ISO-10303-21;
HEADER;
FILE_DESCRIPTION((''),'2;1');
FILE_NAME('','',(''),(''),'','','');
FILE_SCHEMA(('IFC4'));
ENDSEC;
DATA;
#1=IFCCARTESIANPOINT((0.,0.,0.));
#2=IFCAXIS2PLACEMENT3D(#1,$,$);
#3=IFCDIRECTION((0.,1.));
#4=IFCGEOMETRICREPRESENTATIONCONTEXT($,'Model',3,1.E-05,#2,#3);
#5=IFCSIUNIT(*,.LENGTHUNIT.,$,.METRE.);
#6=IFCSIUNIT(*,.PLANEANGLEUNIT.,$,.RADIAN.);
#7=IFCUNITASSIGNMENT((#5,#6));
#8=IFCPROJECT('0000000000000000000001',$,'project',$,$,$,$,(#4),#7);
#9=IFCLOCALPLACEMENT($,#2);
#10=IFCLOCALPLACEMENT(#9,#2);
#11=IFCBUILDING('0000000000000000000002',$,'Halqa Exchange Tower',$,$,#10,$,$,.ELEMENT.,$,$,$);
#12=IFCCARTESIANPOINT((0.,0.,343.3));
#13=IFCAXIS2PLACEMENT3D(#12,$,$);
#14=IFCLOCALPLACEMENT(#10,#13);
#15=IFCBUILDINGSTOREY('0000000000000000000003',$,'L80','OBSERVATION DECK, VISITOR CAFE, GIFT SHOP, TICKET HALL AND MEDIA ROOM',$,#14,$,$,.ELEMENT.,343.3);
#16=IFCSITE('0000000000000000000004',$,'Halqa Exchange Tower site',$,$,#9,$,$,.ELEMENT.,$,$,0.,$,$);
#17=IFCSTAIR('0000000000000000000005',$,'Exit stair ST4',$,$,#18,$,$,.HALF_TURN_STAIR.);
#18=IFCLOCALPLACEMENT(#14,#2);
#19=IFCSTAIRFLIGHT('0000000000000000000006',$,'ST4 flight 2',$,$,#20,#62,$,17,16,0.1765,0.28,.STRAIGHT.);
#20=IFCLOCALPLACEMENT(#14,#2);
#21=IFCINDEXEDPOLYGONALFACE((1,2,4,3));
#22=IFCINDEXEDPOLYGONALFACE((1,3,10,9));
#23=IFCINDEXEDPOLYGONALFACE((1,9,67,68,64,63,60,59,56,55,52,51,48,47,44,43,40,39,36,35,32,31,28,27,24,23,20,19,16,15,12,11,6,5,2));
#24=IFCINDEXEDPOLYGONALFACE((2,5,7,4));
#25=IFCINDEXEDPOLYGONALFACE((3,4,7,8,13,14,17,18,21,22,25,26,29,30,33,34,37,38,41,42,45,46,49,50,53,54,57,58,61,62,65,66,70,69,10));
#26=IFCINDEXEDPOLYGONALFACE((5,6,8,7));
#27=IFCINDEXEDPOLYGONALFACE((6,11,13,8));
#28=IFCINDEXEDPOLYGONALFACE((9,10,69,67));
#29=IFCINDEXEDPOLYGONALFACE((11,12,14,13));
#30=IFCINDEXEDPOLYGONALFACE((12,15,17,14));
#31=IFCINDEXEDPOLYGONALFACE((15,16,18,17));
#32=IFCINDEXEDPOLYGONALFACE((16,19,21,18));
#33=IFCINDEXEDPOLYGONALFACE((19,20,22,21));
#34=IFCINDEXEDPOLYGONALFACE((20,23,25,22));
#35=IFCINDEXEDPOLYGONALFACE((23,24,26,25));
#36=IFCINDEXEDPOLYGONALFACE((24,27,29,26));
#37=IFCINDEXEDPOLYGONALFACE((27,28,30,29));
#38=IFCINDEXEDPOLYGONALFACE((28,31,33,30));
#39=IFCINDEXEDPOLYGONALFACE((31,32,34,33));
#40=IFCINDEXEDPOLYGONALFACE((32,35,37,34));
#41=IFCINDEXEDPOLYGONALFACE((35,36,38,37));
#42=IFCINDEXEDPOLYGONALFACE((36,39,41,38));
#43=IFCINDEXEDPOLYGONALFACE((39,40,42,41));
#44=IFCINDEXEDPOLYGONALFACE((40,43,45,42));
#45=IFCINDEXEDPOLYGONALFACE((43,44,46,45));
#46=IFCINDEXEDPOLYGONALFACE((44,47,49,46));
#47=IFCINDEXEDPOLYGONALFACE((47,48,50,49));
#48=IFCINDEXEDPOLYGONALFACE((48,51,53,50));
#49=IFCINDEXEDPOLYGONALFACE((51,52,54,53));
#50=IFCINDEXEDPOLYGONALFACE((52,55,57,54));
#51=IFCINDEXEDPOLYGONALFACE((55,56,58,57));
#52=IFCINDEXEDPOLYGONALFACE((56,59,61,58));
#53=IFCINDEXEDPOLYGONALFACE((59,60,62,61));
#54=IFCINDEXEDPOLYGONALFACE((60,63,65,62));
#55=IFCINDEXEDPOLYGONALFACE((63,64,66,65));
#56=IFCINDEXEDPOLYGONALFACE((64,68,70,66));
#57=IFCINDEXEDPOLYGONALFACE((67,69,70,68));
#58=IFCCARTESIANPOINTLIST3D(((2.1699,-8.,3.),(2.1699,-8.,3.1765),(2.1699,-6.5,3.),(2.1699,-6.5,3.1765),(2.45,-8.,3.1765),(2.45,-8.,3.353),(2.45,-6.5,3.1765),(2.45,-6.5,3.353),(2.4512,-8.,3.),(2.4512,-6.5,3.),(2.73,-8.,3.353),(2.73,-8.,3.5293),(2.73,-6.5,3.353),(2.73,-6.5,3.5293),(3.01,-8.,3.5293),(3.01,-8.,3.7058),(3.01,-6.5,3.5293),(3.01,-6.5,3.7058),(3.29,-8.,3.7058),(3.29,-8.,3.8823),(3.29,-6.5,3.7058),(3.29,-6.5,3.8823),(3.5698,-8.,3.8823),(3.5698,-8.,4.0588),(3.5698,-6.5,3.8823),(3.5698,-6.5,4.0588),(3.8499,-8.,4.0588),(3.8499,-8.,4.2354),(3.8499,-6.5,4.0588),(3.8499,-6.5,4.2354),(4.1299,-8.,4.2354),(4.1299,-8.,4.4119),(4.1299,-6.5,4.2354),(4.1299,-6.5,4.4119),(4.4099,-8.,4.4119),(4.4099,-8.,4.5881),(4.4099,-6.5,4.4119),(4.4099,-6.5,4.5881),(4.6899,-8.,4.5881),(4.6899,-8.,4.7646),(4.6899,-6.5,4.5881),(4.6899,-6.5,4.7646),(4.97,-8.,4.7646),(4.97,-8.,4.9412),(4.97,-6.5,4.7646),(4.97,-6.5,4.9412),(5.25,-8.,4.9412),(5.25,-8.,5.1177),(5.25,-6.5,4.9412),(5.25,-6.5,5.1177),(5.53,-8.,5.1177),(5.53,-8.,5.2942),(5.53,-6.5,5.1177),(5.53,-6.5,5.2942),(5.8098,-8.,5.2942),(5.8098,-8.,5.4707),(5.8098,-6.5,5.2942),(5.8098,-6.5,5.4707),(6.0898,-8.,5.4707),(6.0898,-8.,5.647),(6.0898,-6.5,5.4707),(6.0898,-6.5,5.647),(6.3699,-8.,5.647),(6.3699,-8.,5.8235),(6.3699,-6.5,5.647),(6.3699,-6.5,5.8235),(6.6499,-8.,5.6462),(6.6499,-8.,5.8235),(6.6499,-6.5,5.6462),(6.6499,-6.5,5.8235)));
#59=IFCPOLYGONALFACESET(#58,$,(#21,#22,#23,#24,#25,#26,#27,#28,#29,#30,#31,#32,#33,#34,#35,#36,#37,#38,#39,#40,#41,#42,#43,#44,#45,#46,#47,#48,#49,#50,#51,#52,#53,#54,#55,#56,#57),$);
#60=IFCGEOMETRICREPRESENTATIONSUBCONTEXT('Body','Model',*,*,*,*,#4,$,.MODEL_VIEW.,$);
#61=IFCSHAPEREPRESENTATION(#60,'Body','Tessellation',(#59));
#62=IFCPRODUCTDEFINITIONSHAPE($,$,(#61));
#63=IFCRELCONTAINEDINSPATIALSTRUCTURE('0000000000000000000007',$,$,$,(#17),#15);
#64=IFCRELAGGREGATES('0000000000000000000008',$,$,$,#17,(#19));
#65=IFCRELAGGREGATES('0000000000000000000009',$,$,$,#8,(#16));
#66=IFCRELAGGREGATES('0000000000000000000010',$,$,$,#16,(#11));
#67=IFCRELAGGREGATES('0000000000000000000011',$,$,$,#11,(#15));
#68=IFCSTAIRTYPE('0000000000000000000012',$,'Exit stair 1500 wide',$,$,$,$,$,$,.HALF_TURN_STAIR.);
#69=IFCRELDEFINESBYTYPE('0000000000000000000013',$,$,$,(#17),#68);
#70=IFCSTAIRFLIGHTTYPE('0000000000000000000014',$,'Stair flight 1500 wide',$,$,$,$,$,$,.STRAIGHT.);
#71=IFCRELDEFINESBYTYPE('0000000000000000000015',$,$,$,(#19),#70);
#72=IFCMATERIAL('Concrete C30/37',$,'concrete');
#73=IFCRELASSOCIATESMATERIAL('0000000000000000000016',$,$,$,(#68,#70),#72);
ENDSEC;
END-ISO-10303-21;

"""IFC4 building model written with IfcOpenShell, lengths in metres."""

from ifc_helpers import new_model, si_unit, direction, frame, origin, place, context, subcontext, project, spatial, polyline, outline, extrude, material, type_object, element, aggregate, save


model = new_model("IFC4")

# Units and contexts
model_context = context("Model", 3, precision=1e-05, world=origin(), true_north=direction((0.0, 1.0)))
body_context = subcontext(model_context, "Body", "Model", "MODEL_VIEW")
ifc_project = project(units=[si_unit("LENGTHUNIT", "METRE"), si_unit("PLANEANGLEUNIT", "RADIAN")], contexts=[model_context])

# Site, building, storey
site_placement = place(None, origin())
site = spatial("IfcSite", under=ifc_project, at=site_placement, Name="Halqa Exchange Tower site", CompositionType="ELEMENT", RefElevation=0.0)
building_placement = place(site_placement, origin())
building = spatial("IfcBuilding", under=site, at=building_placement, Name="Halqa Exchange Tower", CompositionType="ELEMENT")
storey_placement = place(building_placement, frame((0.0, 0.0, 343.3)))
storey = spatial("IfcBuildingStorey", under=building, at=storey_placement, Name="L80", Description="OBSERVATION DECK, VISITOR CAFE, GIFT SHOP, TICKET HALL AND MEDIA ROOM", CompositionType="ELEMENT", Elevation=343.3)

# Shared definitions
ifc_material_1 = material(Name="Concrete C30/37", Category="concrete")

# Stair, stair flight
stair_type = type_object("IfcStairType", Name="Exit stair 1500 wide", PredefinedType="HALF_TURN_STAIR", material=ifc_material_1)
stair_placement = place(storey_placement, origin())
stair = element("IfcStair", 1, at=stair_placement, inside=storey, type_object=stair_type, Name="Exit stair ST4", PredefinedType="HALF_TURN_STAIR")
stair_flight_type = type_object("IfcStairFlightType", Name="Stair flight 1500 wide", PredefinedType="STRAIGHT", material=ifc_material_1)
stair_flight_1_placement = place(storey_placement, frame((2.1699, -7.25, 3.0), z_axis=(0.0, 0.0, 1.0), x_axis=(1.0, 0.0, 0.0)))
stair_flight_1 = element("IfcStairFlight", 2, at=stair_flight_1_placement, type_object=stair_flight_type, Name="ST4 flight 2", NumberOfRisers=17, NumberOfTreads=16, PredefinedType="STRAIGHT", RiserHeight=0.1765, TreadLength=0.28, context=body_context, shape_type="SweptSolid", body=[
    extrude(outline(polyline([(0.0, 0.0), (0.0, 0.1765), (0.28, 0.1765), (0.28, 0.353), (0.5601, 0.353), (0.5601, 0.5293), (0.8401, 0.5293), (0.8401, 0.7058), (1.1201, 0.7058), (1.1201, 0.8823), (1.3999, 0.8823), (1.3999, 1.0588), (1.6799, 1.0588), (1.6799, 1.2354), (1.96, 1.2354), (1.96, 1.4119), (2.24, 1.4119), (2.24, 1.5881), (2.52, 1.5881), (2.52, 1.7646), (2.8, 1.7646), (2.8, 1.9412), (3.0801, 1.9412), (3.0801, 2.1177), (3.3601, 2.1177), (3.3601, 2.2942), (3.6399, 2.2942), (3.6399, 2.4707), (3.9199, 2.4707), (3.9199, 2.647), (4.2, 2.647), (4.2, 2.8235), (4.48, 2.8235), (4.48, 3.0), (4.48, 2.6462), (0.2812, 0.0), (0.0, 0.0)])), frame((0.0, 0.75, 0.0), z_axis=(0.0, -1.0, 0.0), x_axis=(1.0, 0.0, 0.0)), (0.0, 0.0, 1.0), 1.5),
])
aggregate(stair, [stair_flight_1])

save(model, "model.ifc")
